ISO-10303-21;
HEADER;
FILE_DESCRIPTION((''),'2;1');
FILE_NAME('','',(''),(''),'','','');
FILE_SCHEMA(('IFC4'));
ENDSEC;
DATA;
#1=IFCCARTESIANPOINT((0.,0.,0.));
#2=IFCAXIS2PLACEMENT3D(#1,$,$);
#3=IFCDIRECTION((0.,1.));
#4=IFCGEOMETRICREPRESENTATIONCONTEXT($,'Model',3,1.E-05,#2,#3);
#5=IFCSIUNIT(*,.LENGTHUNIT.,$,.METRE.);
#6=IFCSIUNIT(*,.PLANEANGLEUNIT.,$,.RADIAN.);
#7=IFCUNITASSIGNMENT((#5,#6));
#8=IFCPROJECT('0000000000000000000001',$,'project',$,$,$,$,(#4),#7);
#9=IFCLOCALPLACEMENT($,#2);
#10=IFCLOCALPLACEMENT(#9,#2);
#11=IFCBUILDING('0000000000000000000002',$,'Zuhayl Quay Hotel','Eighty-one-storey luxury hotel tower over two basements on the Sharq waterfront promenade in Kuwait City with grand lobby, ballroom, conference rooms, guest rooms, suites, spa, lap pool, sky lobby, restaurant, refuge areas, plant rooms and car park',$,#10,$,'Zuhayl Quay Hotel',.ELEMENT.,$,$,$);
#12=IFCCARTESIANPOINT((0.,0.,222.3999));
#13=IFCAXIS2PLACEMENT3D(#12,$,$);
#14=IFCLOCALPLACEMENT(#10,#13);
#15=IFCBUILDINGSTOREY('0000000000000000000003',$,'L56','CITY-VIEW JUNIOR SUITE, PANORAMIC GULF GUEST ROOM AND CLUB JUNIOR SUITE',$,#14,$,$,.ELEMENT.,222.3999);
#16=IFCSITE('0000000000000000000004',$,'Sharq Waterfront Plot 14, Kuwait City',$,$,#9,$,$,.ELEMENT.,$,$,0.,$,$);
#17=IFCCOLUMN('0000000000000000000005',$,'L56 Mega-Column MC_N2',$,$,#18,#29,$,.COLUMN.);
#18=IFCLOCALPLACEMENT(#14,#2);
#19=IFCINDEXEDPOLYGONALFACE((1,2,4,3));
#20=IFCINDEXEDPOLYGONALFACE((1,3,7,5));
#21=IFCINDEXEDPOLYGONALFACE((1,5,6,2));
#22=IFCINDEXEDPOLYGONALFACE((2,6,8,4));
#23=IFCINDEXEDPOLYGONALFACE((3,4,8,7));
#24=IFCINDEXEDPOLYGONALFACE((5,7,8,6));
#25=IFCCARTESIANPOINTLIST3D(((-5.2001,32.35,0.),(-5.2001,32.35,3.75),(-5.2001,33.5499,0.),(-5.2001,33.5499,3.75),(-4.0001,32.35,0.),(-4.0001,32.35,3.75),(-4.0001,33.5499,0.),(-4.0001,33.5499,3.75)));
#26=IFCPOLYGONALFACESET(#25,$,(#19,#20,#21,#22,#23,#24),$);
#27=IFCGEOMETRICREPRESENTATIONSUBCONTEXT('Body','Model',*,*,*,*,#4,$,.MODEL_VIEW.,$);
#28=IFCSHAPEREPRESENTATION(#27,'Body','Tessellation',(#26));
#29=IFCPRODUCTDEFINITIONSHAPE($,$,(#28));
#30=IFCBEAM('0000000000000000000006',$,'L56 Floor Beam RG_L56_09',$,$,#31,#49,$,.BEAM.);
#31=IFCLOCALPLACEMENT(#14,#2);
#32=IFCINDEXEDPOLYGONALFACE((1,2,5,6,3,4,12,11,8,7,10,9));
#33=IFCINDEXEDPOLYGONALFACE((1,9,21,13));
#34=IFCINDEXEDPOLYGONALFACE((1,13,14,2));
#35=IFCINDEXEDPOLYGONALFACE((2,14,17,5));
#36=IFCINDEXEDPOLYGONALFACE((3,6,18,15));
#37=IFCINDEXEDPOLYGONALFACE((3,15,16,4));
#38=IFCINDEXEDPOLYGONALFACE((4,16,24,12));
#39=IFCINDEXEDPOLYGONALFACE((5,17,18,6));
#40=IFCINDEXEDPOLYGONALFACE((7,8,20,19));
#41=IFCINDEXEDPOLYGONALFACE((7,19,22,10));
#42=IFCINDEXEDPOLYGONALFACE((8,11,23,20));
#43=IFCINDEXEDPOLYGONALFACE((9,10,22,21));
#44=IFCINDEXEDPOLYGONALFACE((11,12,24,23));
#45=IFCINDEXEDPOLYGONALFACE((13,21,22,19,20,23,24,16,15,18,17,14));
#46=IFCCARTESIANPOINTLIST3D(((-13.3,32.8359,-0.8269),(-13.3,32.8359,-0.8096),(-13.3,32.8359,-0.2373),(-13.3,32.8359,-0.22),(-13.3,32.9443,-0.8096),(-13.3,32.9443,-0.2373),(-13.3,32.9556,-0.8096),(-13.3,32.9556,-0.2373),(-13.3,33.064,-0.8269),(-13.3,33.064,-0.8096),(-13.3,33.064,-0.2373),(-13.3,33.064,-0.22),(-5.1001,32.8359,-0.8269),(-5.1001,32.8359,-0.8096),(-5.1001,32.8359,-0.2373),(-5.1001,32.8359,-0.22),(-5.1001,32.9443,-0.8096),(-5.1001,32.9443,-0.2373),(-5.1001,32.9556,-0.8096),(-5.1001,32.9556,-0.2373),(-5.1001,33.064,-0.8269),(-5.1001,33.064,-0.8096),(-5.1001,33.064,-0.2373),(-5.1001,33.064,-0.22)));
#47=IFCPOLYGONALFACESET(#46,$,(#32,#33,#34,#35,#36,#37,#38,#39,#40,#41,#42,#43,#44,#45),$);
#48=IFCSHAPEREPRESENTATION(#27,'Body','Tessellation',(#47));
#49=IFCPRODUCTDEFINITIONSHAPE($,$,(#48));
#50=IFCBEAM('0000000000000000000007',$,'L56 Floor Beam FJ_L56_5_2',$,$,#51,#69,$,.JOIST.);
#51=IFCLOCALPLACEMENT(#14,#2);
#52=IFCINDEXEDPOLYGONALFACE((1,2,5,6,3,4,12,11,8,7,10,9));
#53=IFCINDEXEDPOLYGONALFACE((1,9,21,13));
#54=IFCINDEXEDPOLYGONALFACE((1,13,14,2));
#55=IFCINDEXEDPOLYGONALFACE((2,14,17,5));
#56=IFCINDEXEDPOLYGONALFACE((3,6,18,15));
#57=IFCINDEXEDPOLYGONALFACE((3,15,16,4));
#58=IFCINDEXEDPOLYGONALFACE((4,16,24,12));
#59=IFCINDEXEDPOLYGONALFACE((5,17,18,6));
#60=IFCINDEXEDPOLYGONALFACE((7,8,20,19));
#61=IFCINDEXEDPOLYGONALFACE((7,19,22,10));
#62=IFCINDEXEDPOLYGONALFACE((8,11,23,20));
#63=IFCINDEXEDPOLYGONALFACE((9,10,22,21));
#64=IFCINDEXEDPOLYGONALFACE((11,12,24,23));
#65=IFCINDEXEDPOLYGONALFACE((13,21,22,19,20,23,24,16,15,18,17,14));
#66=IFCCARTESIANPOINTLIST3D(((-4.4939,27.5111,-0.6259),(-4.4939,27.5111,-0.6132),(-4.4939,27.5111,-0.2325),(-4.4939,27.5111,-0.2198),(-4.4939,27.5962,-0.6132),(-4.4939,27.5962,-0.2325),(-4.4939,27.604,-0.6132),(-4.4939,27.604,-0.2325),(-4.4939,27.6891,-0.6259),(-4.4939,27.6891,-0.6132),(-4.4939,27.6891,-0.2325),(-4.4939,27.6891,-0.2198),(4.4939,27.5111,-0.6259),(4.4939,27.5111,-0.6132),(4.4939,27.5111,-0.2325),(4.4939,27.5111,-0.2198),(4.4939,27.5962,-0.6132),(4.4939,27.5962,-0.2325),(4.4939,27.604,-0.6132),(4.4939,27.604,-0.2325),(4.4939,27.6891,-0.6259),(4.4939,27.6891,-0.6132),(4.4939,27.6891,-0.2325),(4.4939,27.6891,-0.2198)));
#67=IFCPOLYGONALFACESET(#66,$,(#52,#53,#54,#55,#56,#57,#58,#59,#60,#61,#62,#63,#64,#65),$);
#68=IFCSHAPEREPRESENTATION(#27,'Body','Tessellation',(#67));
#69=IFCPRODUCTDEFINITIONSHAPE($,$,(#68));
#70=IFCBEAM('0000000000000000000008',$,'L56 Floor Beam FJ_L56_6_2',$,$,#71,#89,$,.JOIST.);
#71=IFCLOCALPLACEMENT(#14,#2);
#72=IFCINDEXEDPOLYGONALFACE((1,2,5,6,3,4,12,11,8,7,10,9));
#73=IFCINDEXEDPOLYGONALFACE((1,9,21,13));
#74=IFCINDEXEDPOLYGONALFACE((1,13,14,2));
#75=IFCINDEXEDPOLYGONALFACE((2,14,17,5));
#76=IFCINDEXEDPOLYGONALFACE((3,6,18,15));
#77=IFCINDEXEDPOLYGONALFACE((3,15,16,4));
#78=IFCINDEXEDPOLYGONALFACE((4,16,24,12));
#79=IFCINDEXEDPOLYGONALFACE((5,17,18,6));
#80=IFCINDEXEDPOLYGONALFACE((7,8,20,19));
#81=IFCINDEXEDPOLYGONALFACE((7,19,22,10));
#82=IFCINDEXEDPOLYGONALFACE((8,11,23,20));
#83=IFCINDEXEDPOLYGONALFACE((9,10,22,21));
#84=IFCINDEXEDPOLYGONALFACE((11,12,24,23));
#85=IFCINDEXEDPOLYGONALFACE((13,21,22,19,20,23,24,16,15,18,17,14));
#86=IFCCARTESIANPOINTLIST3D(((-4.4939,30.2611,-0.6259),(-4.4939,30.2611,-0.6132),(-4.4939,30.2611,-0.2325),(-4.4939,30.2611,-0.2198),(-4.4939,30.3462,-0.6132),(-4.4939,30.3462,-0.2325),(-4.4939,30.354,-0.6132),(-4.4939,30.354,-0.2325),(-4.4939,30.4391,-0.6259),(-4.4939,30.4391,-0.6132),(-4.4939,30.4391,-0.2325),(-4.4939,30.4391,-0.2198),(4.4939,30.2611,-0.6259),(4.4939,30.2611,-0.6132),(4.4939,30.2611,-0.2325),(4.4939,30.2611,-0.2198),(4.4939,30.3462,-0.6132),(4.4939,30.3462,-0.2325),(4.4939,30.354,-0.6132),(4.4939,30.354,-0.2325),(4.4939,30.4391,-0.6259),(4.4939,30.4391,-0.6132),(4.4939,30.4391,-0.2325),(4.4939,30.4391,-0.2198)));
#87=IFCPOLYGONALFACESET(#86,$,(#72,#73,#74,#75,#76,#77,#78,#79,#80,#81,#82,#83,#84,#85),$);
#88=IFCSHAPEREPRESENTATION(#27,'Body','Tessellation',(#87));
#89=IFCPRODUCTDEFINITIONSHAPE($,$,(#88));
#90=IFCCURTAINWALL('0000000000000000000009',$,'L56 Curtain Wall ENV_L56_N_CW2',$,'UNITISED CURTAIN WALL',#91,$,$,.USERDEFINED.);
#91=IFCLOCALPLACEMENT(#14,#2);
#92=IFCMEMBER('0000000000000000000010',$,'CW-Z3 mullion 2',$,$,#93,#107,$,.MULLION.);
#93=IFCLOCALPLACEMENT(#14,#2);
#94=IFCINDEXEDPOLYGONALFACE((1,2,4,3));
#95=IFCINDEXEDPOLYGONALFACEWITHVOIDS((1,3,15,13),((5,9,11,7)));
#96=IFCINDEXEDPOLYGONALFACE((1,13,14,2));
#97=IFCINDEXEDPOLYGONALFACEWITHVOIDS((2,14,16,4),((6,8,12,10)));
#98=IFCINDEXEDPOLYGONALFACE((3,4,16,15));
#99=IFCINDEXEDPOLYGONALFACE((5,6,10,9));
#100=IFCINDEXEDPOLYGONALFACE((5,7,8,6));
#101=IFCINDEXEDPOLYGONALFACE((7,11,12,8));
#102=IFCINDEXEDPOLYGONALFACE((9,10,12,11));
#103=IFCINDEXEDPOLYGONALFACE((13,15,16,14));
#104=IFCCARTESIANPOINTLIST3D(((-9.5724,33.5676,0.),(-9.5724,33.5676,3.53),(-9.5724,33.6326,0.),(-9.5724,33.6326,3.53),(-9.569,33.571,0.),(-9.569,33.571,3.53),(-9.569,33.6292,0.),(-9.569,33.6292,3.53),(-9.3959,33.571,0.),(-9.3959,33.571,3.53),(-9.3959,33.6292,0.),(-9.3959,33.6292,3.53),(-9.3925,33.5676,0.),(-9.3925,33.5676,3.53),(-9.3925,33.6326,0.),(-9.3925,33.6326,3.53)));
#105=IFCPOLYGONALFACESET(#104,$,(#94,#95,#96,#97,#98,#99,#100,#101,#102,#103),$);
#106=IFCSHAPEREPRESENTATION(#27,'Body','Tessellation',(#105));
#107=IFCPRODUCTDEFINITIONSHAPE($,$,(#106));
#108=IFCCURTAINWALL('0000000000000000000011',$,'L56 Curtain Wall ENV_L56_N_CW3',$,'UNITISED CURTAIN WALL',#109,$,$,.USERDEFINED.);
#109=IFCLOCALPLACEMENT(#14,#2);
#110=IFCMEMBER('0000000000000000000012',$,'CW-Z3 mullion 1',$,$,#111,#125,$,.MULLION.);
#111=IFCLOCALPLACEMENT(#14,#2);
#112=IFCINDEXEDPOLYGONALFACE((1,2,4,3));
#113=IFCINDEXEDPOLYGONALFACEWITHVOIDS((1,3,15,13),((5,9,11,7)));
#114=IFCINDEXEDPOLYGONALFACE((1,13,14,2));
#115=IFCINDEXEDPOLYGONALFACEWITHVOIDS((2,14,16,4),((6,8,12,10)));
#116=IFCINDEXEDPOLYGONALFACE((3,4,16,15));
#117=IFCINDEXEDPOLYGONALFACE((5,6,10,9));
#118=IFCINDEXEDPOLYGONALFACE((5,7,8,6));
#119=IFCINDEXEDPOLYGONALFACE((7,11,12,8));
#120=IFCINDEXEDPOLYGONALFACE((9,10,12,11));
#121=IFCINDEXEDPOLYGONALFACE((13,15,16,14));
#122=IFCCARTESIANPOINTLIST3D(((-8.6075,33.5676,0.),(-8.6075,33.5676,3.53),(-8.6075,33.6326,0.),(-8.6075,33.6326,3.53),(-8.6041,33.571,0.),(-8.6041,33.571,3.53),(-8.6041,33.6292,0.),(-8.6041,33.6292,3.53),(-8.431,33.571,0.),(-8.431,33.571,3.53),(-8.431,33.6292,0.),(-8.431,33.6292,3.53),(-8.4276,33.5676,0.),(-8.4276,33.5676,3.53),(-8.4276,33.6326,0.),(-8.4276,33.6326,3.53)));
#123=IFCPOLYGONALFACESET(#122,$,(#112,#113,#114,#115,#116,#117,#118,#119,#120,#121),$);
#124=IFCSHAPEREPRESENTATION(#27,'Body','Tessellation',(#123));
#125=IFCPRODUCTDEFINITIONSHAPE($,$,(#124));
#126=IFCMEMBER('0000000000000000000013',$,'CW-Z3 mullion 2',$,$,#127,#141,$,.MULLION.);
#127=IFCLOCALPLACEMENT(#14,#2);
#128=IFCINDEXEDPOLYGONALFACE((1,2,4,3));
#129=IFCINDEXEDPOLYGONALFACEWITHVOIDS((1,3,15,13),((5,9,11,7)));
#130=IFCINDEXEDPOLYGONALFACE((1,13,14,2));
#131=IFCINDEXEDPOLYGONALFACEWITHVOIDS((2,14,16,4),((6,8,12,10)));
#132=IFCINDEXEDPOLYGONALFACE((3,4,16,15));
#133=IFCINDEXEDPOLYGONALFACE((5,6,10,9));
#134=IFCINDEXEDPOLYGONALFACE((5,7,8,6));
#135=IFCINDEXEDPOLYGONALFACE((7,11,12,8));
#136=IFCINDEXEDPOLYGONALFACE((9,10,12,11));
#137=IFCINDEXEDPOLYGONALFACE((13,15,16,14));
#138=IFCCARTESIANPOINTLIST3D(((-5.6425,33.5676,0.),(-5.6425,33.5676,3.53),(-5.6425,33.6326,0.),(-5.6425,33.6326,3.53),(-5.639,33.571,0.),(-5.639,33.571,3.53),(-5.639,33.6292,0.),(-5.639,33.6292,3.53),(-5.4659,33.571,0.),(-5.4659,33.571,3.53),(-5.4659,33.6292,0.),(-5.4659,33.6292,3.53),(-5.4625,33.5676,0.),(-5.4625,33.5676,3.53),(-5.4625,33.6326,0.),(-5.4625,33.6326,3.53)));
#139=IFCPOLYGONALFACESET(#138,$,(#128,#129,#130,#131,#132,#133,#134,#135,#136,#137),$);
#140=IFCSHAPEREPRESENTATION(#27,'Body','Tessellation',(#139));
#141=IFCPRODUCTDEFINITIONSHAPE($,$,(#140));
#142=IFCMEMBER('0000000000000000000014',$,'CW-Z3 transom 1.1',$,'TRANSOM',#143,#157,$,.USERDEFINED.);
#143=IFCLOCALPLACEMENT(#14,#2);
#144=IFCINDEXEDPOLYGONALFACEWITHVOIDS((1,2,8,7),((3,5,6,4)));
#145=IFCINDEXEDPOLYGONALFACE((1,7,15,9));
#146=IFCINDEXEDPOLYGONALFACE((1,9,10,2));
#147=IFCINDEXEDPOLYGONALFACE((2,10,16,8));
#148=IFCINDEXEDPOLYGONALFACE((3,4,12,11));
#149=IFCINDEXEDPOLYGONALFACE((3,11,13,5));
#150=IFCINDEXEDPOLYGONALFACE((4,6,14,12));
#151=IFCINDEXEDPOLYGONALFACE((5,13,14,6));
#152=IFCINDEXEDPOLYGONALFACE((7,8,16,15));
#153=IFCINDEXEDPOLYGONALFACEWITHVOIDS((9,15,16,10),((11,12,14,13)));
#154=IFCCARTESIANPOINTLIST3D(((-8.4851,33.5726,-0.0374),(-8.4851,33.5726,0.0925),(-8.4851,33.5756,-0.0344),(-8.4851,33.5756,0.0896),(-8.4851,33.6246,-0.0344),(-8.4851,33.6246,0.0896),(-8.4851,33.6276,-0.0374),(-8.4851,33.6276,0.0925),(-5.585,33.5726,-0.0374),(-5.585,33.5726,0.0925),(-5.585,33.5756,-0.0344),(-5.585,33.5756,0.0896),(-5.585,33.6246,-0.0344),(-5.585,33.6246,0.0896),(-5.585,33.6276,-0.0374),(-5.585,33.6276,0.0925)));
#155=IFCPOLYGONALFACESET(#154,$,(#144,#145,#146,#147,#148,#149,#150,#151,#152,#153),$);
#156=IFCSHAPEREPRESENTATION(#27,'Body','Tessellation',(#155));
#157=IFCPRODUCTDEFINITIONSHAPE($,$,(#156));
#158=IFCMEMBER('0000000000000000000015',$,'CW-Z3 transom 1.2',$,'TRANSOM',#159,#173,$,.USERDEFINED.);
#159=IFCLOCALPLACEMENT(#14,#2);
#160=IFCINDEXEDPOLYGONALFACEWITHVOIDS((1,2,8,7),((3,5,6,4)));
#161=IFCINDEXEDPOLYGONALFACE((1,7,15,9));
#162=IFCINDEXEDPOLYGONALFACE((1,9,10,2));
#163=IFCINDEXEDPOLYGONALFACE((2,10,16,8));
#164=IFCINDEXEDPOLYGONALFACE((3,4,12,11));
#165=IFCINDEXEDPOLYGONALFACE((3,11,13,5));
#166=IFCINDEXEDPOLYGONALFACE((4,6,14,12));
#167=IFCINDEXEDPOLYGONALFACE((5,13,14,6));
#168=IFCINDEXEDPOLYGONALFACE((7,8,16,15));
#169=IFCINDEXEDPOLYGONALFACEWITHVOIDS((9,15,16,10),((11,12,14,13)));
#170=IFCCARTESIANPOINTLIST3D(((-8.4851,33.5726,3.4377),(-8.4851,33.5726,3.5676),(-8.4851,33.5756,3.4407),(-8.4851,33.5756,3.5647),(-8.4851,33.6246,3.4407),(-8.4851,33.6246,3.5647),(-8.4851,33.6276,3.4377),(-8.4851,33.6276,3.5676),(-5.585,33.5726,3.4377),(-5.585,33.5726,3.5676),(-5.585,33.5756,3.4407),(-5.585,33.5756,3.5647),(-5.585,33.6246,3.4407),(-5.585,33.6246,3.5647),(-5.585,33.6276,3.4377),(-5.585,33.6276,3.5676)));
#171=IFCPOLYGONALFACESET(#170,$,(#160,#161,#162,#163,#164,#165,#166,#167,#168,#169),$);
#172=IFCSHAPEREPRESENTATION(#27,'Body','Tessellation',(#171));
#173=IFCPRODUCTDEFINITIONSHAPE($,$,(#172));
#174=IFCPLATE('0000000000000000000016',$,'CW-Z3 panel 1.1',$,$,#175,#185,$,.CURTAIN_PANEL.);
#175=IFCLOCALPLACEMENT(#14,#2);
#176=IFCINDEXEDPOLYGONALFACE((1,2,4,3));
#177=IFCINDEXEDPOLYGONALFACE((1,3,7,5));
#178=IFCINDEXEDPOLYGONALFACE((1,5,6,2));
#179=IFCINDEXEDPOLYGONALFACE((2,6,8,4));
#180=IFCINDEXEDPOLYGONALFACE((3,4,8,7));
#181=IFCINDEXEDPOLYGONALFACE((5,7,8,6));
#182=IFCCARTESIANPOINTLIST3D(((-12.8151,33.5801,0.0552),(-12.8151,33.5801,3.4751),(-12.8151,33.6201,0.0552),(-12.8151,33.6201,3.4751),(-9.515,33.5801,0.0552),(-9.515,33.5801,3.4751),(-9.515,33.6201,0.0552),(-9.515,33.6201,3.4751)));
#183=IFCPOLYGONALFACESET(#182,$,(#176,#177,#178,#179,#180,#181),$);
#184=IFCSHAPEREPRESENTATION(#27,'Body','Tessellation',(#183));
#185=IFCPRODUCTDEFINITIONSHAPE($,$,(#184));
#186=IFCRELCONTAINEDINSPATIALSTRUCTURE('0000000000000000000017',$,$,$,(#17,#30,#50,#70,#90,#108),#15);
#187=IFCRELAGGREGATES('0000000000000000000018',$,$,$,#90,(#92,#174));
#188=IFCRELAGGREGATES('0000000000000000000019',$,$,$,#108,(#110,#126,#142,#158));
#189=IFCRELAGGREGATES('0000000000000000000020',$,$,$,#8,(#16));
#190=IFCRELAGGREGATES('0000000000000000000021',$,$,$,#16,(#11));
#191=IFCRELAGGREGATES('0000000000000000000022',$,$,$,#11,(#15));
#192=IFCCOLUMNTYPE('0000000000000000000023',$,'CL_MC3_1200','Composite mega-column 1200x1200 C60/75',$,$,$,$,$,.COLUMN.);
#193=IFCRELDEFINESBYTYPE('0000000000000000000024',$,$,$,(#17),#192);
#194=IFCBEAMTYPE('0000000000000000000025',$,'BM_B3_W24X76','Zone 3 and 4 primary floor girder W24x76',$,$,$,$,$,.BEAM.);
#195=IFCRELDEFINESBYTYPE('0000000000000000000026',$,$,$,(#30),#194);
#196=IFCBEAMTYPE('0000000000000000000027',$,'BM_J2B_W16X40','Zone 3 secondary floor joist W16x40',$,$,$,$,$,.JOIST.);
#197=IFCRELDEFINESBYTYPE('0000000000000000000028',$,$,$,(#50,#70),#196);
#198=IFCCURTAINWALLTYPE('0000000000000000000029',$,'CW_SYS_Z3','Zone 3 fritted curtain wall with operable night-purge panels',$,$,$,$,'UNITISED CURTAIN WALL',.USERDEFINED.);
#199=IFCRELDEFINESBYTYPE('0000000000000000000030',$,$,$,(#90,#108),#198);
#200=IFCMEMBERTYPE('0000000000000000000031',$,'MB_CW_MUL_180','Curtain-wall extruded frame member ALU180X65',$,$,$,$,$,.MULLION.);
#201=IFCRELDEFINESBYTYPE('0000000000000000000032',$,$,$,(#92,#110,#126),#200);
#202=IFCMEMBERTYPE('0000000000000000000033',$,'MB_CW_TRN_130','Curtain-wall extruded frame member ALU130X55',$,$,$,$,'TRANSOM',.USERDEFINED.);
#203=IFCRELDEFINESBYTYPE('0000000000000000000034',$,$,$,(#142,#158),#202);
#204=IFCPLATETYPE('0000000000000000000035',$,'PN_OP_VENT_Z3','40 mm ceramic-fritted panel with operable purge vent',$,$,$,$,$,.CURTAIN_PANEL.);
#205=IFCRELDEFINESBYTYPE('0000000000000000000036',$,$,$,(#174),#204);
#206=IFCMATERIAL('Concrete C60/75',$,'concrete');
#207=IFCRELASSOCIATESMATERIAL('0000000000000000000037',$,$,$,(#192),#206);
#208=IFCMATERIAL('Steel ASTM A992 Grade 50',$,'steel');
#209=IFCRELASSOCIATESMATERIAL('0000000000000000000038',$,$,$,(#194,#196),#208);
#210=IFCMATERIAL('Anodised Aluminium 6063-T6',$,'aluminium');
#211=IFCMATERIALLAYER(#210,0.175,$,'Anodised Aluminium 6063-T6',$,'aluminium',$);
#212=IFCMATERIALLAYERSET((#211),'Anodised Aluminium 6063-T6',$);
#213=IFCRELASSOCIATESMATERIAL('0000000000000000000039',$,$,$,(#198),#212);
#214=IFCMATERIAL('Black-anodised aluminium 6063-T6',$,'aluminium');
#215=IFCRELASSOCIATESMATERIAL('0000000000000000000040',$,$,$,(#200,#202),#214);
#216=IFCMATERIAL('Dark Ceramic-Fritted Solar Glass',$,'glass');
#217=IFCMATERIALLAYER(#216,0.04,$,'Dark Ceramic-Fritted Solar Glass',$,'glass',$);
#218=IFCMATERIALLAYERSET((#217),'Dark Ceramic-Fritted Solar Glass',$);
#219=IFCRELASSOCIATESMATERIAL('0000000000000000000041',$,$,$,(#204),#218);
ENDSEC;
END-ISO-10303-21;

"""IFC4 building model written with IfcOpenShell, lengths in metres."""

from ifc_helpers import new_model, si_unit, direction, frame, origin, origin_2d, place, context, subcontext, project, spatial, rectangle, hollow_rectangle, i_section, extrude, material, layer, layer_set, material_profile, profile_set, type_object, element, aggregate, save


model = new_model("IFC4")

# Units and contexts
model_context = context("Model", 3, precision=1e-05, world=origin(), true_north=direction((0.0, 1.0)))
body_context = subcontext(model_context, "Body", "Model", "MODEL_VIEW")
ifc_project = project(units=[si_unit("LENGTHUNIT", "METRE"), si_unit("PLANEANGLEUNIT", "RADIAN")], contexts=[model_context])

# Site, building, storey
site_placement = place(None, origin())
site = spatial("IfcSite", under=ifc_project, at=site_placement, Name="Sharq Waterfront Plot 14, Kuwait City", CompositionType="ELEMENT", RefElevation=0.0)
building_placement = place(site_placement, origin())
building = spatial("IfcBuilding", under=site, at=building_placement, Name="Zuhayl Quay Hotel", Description="Eighty-one-storey luxury hotel tower over two basements on the Sharq waterfront promenade in Kuwait City with grand lobby, ballroom, conference rooms, guest rooms, suites, spa, lap pool, sky lobby, restaurant, refuge areas, plant rooms and car park", LongName="Zuhayl Quay Hotel", CompositionType="ELEMENT")
storey_placement = place(building_placement, frame((0.0, 0.0, 222.3999)))
storey = spatial("IfcBuildingStorey", under=building, at=storey_placement, Name="L56", Description="CITY-VIEW JUNIOR SUITE, PANORAMIC GULF GUEST ROOM AND CLUB JUNIOR SUITE", CompositionType="ELEMENT", Elevation=222.3999)

# Column
ifc_material_1 = material(Name="Concrete C60/75", Category="concrete")
ifc_material_profile_1 = material_profile(ifc_material_1, rectangle(XDim=1.2, YDim=1.2, at=origin_2d()), Name="RC1200X1200")
ifc_profile_set_1 = profile_set([ifc_material_profile_1], Name="Concrete C60/75")
column_type = type_object("IfcColumnType", Name="CL_MC3_1200", Description="Composite mega-column 1200x1200 C60/75", PredefinedType="COLUMN", material=ifc_profile_set_1)
column_placement = place(storey_placement, frame((-4.6001, 32.95, 0.0), z_axis=(0.0, 0.0, 1.0), x_axis=(1.0, 0.0, 0.0)))
element("IfcColumn", 1, at=column_placement, inside=storey, type_object=column_type, Name="L56 Mega-Column MC_N2", PredefinedType="COLUMN", context=body_context, shape_type="SweptSolid", body=[
    extrude(rectangle(XDim=1.2, YDim=1.2, at=origin_2d()), origin(), (0.0, 0.0, 1.0), 3.75),
])

# Beams
ifc_material_2 = material(Name="Steel ASTM A992 Grade 50", Category="steel")
ifc_material_profile_2 = material_profile(ifc_material_2, i_section(OverallWidth=0.228, OverallDepth=0.6069, WebThickness=0.0112, FlangeThickness=0.0173, at=origin_2d()), Name="W24X76")
ifc_profile_set_2 = profile_set([ifc_material_profile_2], Name="Steel ASTM A992 Grade 50")
beam_type_1 = type_object("IfcBeamType", Name="BM_B3_W24X76", Description="Zone 3 and 4 primary floor girder W24x76", PredefinedType="BEAM", material=ifc_profile_set_2)
beam_placement = place(storey_placement, frame((-5.1001, 32.95, -0.5234), z_axis=(-1.0, 0.0, 0.0), x_axis=(0.0, -1.0, 0.0)))
element("IfcBeam", 2, at=beam_placement, inside=storey, type_object=beam_type_1, Name="L56 Floor Beam RG_L56_09", PredefinedType="BEAM", context=body_context, shape_type="SweptSolid", body=[
    extrude(i_section(OverallWidth=0.228, OverallDepth=0.6069, WebThickness=0.0112, FlangeThickness=0.0173, at=origin_2d()), origin(), (0.0, 0.0, 1.0), 8.2),
])
ifc_material_profile_3 = material_profile(ifc_material_2, i_section(OverallWidth=0.178, OverallDepth=0.406, WebThickness=0.0078, FlangeThickness=0.0127, at=origin_2d()), Name="W16X40")
ifc_profile_set_3 = profile_set([ifc_material_profile_3], Name="Steel ASTM A992 Grade 50")
beam_type_2 = type_object("IfcBeamType", Name="BM_J2B_W16X40", Description="Zone 3 secondary floor joist W16x40", PredefinedType="JOIST", material=ifc_profile_set_3)
for number, where, z_axis, x_axis, name in (
    (3, (-4.4939, 27.6001, -0.4229), (1.0, 0.0, 0.0), (0.0, 1.0, 0.0), "L56 Floor Beam FJ_L56_5_2"),
    (4, (-4.4939, 30.3501, -0.4229), (1.0, 0.0, 0.0), (0.0, 1.0, 0.0), "L56 Floor Beam FJ_L56_6_2"),
):
    element("IfcBeam", number, at=place(storey_placement, frame(where, z_axis=z_axis, x_axis=x_axis)), inside=storey, type_object=beam_type_2, Name=name, PredefinedType="JOIST", context=body_context, shape_type="SweptSolid", body=[
        extrude(i_section(OverallWidth=0.178, OverallDepth=0.406, WebThickness=0.0078, FlangeThickness=0.0127, at=origin_2d()), origin(), (0.0, 0.0, 1.0), 8.9878),
    ])

# Curtain wall, member
ifc_material_3 = material(Name="Anodised Aluminium 6063-T6", Category="aluminium")
ifc_layer_1 = layer(ifc_material_3, 0.175, Name="Anodised Aluminium 6063-T6", Category="aluminium")
ifc_layer_set_1 = layer_set([ifc_layer_1], Name="Anodised Aluminium 6063-T6")
curtain_wall_type = type_object("IfcCurtainWallType", Name="CW_SYS_Z3", Description="Zone 3 fritted curtain wall with operable night-purge panels", ElementType="UNITISED CURTAIN WALL", PredefinedType="USERDEFINED", material=ifc_layer_set_1)
curtain_wall_1_placement = place(storey_placement, origin())
curtain_wall_1 = element("IfcCurtainWall", 5, at=curtain_wall_1_placement, inside=storey, type_object=curtain_wall_type, Name="L56 Curtain Wall ENV_L56_N_CW2", ObjectType="UNITISED CURTAIN WALL", PredefinedType="USERDEFINED")
ifc_material_4 = material(Name="Black-anodised aluminium 6063-T6", Category="aluminium")
ifc_material_profile_4 = material_profile(ifc_material_4, hollow_rectangle(XDim=0.0649, YDim=0.1799, WallThickness=0.0034, at=origin_2d()), Name="ALU180X65")
ifc_profile_set_4 = profile_set([ifc_material_profile_4], Name="Black-anodised aluminium 6063-T6")
member_type_1 = type_object("IfcMemberType", Name="MB_CW_MUL_180", Description="Curtain-wall extruded frame member ALU180X65", PredefinedType="MULLION", material=ifc_profile_set_4)
member_1_placement = place(storey_placement, frame((-9.4824, 33.6001, 0.0), z_axis=(0.0, 0.0, 1.0), x_axis=(0.0, 1.0, 0.0)))
member_1 = element("IfcMember", 6, at=member_1_placement, type_object=member_type_1, Name="CW-Z3 mullion 2", PredefinedType="MULLION", context=body_context, shape_type="SweptSolid", body=[
    extrude(hollow_rectangle(XDim=0.0649, YDim=0.1799, WallThickness=0.0034, at=origin_2d()), origin(), (0.0, 0.0, 1.0), 3.53),
])

# Curtain wall, members
curtain_wall_2_placement = place(storey_placement, origin())
curtain_wall_2 = element("IfcCurtainWall", 7, at=curtain_wall_2_placement, inside=storey, type_object=curtain_wall_type, Name="L56 Curtain Wall ENV_L56_N_CW3", ObjectType="UNITISED CURTAIN WALL", PredefinedType="USERDEFINED")
member_2_placement = place(storey_placement, frame((-8.5176, 33.6001, 0.0), z_axis=(0.0, 0.0, 1.0), x_axis=(0.0, 1.0, 0.0)))
member_2 = element("IfcMember", 8, at=member_2_placement, type_object=member_type_1, Name="CW-Z3 mullion 1", PredefinedType="MULLION", context=body_context, shape_type="SweptSolid", body=[
    extrude(hollow_rectangle(XDim=0.0649, YDim=0.1799, WallThickness=0.0034, at=origin_2d()), origin(), (0.0, 0.0, 1.0), 3.53),
])
member_3_placement = place(storey_placement, frame((-5.5525, 33.6001, 0.0), z_axis=(0.0, 0.0, 1.0), x_axis=(0.0, 1.0, 0.0)))
member_3 = element("IfcMember", 9, at=member_3_placement, type_object=member_type_1, Name="CW-Z3 mullion 2", PredefinedType="MULLION", context=body_context, shape_type="SweptSolid", body=[
    extrude(hollow_rectangle(XDim=0.0649, YDim=0.1799, WallThickness=0.0034, at=origin_2d()), origin(), (0.0, 0.0, 1.0), 3.53),
])
ifc_material_profile_5 = material_profile(ifc_material_4, hollow_rectangle(XDim=0.0549, YDim=0.1299, WallThickness=0.0029, at=origin_2d()), Name="ALU130X55")
ifc_profile_set_5 = profile_set([ifc_material_profile_5], Name="Black-anodised aluminium 6063-T6")
member_type_2 = type_object("IfcMemberType", Name="MB_CW_TRN_130", Description="Curtain-wall extruded frame member ALU130X55", ElementType="TRANSOM", PredefinedType="USERDEFINED", material=ifc_profile_set_5)
member_4_placement = place(storey_placement, frame((-8.4851, 33.6001, 0.0276), z_axis=(1.0, 0.0, 0.0), x_axis=(0.0, 1.0, 0.0)))
member_4 = element("IfcMember", 10, at=member_4_placement, type_object=member_type_2, Name="CW-Z3 transom 1.1", ObjectType="TRANSOM", PredefinedType="USERDEFINED", context=body_context, shape_type="SweptSolid", body=[
    extrude(hollow_rectangle(XDim=0.0549, YDim=0.1299, WallThickness=0.0029, at=origin_2d()), origin(), (0.0, 0.0, 1.0), 2.9001),
])
member_5_placement = place(storey_placement, frame((-8.4851, 33.6001, 3.5027), z_axis=(1.0, 0.0, 0.0), x_axis=(0.0, 1.0, 0.0)))
member_5 = element("IfcMember", 11, at=member_5_placement, type_object=member_type_2, Name="CW-Z3 transom 1.2", ObjectType="TRANSOM", PredefinedType="USERDEFINED", context=body_context, shape_type="SweptSolid", body=[
    extrude(hollow_rectangle(XDim=0.0549, YDim=0.1299, WallThickness=0.0029, at=origin_2d()), origin(), (0.0, 0.0, 1.0), 2.9001),
])

# Plate
ifc_material_5 = material(Name="Dark Ceramic-Fritted Solar Glass", Category="glass")
ifc_layer_2 = layer(ifc_material_5, 0.04, Name="Dark Ceramic-Fritted Solar Glass", Category="glass")
ifc_layer_set_2 = layer_set([ifc_layer_2], Name="Dark Ceramic-Fritted Solar Glass")
plate_type = type_object("IfcPlateType", Name="PN_OP_VENT_Z3", Description="40 mm ceramic-fritted panel with operable purge vent", PredefinedType="CURTAIN_PANEL", material=ifc_layer_set_2)
plate_1_placement = place(storey_placement, frame((-11.165, 33.6001, 0.0552), z_axis=(0.0, 0.0, 1.0), x_axis=(1.0, 0.0, 0.0)))
plate_1 = element("IfcPlate", 12, at=plate_1_placement, type_object=plate_type, Name="CW-Z3 panel 1.1", PredefinedType="CURTAIN_PANEL", context=body_context, shape_type="SweptSolid", body=[
    extrude(rectangle(XDim=3.3, YDim=0.04, at=origin_2d()), origin(), (0.0, 0.0, 1.0), 3.4199),
])
aggregate(curtain_wall_1, [member_1, plate_1])
aggregate(curtain_wall_2, [member_2, member_3, member_4, member_5])

save(model, "model.ifc")
